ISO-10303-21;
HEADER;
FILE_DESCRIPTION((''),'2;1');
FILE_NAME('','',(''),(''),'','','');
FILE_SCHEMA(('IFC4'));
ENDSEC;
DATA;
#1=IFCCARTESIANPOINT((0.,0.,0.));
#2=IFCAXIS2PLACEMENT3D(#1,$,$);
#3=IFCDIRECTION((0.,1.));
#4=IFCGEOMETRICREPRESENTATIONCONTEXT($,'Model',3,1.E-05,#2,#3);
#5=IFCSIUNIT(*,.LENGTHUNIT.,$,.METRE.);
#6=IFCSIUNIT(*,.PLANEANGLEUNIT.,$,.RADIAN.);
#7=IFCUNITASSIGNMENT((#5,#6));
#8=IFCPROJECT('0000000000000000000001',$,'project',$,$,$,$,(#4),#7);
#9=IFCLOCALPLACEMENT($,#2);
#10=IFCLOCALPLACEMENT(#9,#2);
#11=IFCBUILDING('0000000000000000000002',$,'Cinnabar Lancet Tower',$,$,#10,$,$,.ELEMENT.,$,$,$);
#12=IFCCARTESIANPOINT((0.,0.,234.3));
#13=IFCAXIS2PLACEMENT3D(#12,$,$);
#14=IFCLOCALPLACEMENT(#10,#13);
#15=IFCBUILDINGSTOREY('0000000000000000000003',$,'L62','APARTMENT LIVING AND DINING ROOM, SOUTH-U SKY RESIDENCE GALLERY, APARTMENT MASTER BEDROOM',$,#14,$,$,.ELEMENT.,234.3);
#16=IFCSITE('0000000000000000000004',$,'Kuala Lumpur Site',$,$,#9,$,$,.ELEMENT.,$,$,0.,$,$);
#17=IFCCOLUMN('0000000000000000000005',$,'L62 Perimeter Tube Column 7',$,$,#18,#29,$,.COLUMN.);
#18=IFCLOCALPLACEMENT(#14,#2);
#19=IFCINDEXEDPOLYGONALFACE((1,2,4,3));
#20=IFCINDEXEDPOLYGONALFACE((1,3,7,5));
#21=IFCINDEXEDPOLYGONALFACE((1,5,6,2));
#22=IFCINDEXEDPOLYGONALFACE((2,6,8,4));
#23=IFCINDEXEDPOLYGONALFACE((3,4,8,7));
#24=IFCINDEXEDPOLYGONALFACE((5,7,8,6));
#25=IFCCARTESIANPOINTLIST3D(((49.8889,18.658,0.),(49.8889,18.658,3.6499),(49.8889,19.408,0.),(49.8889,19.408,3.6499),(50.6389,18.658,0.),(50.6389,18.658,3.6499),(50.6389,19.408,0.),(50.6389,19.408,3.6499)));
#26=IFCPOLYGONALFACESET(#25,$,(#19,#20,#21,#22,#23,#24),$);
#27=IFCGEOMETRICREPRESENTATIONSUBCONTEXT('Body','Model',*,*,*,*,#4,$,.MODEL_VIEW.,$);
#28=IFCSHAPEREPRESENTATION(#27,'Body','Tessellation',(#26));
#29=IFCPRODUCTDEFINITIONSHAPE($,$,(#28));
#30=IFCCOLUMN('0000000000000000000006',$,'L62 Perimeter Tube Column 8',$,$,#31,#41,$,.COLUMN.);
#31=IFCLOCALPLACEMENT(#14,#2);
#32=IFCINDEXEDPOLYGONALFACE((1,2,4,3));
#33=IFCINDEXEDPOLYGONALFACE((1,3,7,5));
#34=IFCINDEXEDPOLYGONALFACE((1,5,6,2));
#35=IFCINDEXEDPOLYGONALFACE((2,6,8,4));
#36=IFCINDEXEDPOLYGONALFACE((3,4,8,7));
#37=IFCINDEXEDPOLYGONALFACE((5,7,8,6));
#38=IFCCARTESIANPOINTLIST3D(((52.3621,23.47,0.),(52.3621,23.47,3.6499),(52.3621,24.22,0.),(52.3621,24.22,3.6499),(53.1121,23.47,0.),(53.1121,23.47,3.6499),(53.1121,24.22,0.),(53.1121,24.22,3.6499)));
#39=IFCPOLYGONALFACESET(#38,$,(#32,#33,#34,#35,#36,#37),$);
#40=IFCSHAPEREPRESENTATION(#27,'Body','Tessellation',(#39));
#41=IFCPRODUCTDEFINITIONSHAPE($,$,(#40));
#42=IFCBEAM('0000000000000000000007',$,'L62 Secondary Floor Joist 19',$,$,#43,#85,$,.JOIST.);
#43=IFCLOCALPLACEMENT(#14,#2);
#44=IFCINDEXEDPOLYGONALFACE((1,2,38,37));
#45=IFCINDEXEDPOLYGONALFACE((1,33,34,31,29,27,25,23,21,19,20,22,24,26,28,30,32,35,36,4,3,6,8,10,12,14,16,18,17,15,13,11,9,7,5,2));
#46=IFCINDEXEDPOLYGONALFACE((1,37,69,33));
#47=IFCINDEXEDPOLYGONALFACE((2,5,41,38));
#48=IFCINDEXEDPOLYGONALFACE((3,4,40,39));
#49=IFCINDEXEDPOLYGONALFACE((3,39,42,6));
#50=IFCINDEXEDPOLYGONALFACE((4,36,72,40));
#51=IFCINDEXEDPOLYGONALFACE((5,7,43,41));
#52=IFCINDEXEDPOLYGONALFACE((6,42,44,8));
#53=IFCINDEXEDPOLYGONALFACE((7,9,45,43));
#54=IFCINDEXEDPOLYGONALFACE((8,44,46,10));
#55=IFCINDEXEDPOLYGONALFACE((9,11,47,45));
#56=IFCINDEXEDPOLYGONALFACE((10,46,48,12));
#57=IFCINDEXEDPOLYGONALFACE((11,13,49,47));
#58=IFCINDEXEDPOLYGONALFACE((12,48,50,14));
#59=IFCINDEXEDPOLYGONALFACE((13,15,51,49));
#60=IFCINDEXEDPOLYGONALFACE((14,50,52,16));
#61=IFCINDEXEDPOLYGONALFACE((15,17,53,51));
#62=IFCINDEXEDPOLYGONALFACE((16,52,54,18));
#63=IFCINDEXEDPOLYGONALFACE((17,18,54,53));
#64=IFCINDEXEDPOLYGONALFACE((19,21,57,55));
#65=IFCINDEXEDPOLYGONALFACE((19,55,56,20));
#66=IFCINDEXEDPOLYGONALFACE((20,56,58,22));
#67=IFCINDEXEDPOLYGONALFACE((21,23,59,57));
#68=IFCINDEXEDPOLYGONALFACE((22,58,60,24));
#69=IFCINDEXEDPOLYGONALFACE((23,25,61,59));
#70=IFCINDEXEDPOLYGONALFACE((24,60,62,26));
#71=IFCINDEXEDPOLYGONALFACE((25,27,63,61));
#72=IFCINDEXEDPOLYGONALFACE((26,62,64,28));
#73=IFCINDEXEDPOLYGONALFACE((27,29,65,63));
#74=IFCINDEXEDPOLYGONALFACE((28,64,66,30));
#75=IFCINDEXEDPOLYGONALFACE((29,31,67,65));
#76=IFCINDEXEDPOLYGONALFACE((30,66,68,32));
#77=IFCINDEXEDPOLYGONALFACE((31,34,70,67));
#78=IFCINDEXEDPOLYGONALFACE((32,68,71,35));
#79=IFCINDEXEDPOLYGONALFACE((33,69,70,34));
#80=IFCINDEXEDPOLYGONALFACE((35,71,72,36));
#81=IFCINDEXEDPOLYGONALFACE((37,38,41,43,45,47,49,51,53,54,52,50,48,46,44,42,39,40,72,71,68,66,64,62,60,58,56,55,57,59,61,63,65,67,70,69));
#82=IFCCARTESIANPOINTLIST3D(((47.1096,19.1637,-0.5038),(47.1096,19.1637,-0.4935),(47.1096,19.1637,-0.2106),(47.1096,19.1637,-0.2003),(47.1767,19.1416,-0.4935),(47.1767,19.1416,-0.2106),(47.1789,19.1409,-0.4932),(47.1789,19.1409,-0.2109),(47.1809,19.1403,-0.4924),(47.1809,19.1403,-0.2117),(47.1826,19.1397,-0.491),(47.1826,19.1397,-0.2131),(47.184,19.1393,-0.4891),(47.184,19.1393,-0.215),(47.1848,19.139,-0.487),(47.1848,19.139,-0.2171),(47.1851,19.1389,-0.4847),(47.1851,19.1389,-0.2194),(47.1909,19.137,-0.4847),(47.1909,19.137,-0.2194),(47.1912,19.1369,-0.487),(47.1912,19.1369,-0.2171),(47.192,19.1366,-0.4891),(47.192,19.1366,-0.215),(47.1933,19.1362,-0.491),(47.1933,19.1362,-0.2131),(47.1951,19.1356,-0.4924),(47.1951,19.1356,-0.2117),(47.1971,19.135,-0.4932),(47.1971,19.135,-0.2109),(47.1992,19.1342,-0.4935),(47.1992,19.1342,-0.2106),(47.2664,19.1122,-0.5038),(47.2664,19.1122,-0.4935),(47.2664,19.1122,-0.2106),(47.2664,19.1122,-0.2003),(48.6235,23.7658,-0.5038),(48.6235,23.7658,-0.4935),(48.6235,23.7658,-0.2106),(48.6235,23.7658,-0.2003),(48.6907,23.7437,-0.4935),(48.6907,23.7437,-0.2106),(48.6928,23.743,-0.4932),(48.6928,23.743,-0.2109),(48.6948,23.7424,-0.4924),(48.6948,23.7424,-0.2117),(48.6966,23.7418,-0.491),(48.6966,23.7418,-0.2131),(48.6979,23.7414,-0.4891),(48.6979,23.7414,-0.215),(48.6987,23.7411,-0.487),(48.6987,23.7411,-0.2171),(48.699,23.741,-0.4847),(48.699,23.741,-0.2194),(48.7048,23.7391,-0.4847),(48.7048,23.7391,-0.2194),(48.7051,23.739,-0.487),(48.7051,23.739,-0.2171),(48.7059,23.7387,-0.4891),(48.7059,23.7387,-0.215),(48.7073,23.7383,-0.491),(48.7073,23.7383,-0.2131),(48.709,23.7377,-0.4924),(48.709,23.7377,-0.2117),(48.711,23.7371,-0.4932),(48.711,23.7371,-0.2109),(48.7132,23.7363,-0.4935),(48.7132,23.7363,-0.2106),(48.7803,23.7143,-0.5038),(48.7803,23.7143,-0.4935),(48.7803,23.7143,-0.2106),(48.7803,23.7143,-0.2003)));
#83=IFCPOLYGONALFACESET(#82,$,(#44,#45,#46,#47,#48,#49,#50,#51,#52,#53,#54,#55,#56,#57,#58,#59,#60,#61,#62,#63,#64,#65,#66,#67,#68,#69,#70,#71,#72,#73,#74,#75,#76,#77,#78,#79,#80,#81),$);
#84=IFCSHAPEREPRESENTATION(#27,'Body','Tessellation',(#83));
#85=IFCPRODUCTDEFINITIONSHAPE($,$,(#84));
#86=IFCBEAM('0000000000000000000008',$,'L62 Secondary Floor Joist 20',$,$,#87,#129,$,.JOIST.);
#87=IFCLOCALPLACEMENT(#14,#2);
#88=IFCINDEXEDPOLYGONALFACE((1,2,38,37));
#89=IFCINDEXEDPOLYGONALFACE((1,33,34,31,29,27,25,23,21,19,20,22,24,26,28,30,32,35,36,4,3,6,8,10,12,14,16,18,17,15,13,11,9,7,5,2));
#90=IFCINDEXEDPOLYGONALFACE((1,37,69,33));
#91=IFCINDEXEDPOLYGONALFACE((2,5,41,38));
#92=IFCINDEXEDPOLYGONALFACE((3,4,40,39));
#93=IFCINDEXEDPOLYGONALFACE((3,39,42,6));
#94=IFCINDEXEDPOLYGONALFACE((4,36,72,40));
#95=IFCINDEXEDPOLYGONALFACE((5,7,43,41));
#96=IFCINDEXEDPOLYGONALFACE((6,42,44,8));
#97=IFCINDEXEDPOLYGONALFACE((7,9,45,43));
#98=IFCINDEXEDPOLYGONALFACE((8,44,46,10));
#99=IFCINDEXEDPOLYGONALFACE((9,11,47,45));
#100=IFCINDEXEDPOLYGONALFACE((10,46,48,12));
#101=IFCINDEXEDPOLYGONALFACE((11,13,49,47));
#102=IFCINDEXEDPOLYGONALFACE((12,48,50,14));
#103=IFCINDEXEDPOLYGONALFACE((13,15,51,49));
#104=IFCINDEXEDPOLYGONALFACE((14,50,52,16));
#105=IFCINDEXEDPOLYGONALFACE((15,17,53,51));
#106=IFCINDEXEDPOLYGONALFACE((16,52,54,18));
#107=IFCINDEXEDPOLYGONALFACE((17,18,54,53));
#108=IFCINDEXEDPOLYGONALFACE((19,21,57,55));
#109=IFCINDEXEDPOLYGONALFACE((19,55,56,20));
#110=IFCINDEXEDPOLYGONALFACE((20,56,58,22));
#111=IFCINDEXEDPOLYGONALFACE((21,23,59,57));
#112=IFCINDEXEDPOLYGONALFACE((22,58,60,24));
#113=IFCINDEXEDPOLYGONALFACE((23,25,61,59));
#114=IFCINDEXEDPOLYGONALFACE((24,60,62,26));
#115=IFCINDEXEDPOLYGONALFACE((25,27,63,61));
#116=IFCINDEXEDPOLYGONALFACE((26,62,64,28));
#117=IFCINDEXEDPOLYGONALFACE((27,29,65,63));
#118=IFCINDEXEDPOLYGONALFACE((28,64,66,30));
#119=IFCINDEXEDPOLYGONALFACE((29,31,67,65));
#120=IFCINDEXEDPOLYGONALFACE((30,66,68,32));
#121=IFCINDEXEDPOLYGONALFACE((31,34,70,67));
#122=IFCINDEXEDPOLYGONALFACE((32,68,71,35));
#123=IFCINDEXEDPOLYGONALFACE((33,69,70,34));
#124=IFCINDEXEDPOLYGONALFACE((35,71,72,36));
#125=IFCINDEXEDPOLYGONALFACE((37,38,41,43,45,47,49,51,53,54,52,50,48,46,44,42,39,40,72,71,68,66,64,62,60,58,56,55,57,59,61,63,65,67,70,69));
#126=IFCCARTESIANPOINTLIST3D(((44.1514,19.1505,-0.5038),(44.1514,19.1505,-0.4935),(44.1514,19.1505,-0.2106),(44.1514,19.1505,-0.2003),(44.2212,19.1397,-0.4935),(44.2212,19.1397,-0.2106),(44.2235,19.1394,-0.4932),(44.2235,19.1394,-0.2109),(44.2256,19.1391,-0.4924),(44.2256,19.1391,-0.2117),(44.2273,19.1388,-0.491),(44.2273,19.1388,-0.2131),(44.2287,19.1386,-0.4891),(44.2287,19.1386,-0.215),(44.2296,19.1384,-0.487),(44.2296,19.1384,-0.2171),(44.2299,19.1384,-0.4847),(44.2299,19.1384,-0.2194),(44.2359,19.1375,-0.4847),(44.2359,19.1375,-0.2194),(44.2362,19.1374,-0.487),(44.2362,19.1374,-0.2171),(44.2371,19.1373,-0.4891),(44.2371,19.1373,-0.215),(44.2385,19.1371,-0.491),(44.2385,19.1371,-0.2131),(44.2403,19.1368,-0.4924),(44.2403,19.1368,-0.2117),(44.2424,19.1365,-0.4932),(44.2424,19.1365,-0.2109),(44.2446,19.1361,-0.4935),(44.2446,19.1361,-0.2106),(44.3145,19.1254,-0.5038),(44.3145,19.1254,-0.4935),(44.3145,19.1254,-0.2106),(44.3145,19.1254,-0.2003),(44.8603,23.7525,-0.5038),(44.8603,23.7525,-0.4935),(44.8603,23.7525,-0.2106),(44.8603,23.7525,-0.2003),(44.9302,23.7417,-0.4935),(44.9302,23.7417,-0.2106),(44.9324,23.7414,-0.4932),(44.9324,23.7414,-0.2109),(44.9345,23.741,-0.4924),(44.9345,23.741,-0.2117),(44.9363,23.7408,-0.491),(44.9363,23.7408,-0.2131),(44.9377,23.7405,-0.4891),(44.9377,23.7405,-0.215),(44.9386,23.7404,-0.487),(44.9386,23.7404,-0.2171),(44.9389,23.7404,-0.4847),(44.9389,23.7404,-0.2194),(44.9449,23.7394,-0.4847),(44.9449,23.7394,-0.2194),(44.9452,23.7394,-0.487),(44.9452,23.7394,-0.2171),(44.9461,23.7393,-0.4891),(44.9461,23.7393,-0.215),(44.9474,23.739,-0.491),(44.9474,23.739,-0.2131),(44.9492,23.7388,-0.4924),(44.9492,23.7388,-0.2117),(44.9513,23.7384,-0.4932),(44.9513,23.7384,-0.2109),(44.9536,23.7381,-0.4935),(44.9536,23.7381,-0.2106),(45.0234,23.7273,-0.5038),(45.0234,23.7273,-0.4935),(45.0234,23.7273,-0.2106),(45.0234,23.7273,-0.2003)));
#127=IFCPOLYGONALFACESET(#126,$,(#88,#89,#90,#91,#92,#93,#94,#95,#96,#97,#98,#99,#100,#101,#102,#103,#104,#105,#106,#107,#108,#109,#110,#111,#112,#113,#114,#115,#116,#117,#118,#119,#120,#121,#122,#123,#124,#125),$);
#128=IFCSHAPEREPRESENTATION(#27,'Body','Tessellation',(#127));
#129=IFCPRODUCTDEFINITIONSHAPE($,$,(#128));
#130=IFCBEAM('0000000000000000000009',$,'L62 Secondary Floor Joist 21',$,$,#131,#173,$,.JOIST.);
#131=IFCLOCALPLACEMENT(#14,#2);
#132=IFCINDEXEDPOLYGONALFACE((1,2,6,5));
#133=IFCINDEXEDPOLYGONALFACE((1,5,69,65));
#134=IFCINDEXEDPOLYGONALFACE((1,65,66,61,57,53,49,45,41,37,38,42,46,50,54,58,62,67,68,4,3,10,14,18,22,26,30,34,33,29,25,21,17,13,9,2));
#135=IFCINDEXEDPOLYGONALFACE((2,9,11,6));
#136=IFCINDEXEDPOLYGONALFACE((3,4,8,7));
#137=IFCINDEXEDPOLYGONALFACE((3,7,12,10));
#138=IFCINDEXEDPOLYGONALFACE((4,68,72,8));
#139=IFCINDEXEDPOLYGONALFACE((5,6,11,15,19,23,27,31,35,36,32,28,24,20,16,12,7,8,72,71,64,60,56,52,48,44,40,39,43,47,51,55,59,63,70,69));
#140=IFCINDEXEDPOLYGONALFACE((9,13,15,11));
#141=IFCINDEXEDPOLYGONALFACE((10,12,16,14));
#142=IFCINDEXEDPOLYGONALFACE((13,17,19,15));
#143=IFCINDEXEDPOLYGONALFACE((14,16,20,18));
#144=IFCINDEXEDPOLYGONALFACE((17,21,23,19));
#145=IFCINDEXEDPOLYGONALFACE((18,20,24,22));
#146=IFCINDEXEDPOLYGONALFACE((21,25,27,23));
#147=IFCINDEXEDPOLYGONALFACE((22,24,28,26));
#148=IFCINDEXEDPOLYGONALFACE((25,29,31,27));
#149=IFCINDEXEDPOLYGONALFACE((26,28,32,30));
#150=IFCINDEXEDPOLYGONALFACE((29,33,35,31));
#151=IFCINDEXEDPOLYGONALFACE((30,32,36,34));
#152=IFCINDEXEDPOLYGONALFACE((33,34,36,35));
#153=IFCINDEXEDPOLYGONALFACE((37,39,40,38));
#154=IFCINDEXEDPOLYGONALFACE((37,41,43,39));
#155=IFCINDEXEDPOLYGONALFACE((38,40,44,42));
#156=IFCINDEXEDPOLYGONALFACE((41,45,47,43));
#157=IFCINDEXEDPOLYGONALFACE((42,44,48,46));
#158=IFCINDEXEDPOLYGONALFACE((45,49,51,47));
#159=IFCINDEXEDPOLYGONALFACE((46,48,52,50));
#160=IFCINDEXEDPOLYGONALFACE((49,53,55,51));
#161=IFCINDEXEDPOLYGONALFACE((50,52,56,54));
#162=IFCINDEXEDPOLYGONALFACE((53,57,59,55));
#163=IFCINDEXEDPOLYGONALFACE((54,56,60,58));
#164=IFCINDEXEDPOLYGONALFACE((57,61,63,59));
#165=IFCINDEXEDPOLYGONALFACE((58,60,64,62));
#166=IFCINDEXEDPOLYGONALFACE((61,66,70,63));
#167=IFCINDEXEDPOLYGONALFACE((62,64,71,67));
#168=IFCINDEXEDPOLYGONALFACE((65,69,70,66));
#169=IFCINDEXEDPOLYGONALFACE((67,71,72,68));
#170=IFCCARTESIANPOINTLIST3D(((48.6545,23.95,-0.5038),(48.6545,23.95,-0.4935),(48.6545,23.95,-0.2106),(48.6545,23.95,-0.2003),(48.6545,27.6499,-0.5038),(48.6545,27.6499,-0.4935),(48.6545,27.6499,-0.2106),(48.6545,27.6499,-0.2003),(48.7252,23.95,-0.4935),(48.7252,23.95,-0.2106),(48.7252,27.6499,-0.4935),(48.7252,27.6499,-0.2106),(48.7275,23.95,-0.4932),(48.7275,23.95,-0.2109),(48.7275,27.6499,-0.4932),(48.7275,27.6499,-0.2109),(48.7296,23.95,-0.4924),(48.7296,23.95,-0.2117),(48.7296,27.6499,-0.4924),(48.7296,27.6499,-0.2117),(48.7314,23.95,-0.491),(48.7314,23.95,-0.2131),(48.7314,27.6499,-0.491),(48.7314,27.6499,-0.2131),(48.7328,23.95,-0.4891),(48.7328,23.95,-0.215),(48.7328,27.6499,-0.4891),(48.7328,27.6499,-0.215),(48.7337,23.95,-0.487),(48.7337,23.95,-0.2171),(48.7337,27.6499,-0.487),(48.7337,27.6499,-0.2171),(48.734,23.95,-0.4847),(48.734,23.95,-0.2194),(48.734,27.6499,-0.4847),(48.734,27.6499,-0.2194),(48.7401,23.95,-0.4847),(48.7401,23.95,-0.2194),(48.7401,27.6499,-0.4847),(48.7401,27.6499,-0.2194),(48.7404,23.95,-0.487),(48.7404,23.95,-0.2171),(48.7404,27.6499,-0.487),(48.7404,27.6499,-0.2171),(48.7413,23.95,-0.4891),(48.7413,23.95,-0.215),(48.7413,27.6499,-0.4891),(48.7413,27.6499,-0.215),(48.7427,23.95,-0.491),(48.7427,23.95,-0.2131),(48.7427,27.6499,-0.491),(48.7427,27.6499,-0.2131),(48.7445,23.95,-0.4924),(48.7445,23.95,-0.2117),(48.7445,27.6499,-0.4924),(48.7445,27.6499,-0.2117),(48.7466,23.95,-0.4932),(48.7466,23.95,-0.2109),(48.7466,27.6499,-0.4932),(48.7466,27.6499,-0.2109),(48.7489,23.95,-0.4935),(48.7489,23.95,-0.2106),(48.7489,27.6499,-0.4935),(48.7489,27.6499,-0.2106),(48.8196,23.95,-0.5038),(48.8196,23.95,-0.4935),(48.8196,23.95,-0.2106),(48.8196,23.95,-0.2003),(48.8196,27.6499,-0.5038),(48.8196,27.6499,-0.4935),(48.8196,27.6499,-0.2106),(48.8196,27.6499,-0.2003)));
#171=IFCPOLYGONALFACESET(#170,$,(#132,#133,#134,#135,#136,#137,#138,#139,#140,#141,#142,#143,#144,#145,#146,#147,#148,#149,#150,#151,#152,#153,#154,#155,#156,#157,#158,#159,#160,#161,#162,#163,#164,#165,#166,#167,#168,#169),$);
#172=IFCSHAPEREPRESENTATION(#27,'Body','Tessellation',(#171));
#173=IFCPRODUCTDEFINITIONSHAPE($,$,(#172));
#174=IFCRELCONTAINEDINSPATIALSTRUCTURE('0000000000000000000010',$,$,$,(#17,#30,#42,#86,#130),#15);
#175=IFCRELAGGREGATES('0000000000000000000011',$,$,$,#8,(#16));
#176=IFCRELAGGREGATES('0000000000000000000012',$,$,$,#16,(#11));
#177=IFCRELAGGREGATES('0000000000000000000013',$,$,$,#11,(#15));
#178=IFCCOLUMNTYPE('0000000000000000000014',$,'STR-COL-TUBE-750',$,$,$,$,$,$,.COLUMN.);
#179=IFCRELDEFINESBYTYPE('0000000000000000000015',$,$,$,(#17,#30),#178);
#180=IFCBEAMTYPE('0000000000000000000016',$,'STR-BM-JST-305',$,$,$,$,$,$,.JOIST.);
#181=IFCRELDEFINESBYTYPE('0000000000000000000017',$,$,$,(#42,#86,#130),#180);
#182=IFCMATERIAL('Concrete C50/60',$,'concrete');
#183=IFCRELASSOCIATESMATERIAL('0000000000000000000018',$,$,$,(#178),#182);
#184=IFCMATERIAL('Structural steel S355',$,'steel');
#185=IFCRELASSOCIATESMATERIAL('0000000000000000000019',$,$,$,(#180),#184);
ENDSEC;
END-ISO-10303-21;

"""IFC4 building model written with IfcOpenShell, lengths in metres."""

from ifc_helpers import new_model, si_unit, direction, frame, origin, origin_2d, place, context, subcontext, project, spatial, rectangle, i_section, extrude, material, material_profile, profile_set, type_object, element, save


model = new_model("IFC4")

# Units and contexts
model_context = context("Model", 3, precision=1e-05, world=origin(), true_north=direction((0.0, 1.0)))
body_context = subcontext(model_context, "Body", "Model", "MODEL_VIEW")
ifc_project = project(units=[si_unit("LENGTHUNIT", "METRE"), si_unit("PLANEANGLEUNIT", "RADIAN")], contexts=[model_context])

# Site, building, storey
site_placement = place(None, origin())
site = spatial("IfcSite", under=ifc_project, at=site_placement, Name="Kuala Lumpur Site", CompositionType="ELEMENT", RefElevation=0.0)
building_placement = place(site_placement, origin())
building = spatial("IfcBuilding", under=site, at=building_placement, Name="Cinnabar Lancet Tower", CompositionType="ELEMENT")
storey_placement = place(building_placement, frame((0.0, 0.0, 234.3)))
storey = spatial("IfcBuildingStorey", under=building, at=storey_placement, Name="L62", Description="APARTMENT LIVING AND DINING ROOM, SOUTH-U SKY RESIDENCE GALLERY, APARTMENT MASTER BEDROOM", CompositionType="ELEMENT", Elevation=234.3)

# Columns
ifc_material_1 = material(Name="Concrete C50/60", Category="concrete")
ifc_material_profile_1 = material_profile(ifc_material_1, rectangle(XDim=0.75, YDim=0.75, at=origin_2d()), Name="RC-COL 750x750")
ifc_profile_set_1 = profile_set([ifc_material_profile_1], Name="Concrete C50/60")
column_type = type_object("IfcColumnType", Name="STR-COL-TUBE-750", PredefinedType="COLUMN", material=ifc_profile_set_1)
for number, where, z_axis, x_axis, name in (
    (1, (50.2639, 19.033, 0.0), (0.0, 0.0, 1.0), (1.0, 0.0, 0.0), "L62 Perimeter Tube Column 7"),
    (2, (52.7371, 23.845, 0.0), (0.0, 0.0, 1.0), (1.0, 0.0, 0.0), "L62 Perimeter Tube Column 8"),
):
    element("IfcColumn", number, at=place(storey_placement, frame(where, z_axis=z_axis, x_axis=x_axis)), inside=storey, type_object=column_type, Name=name, PredefinedType="COLUMN", context=body_context, shape_type="SweptSolid", body=[
        extrude(rectangle(XDim=0.75, YDim=0.75, at=origin_2d()), origin(), (0.0, 0.0, 1.0), 3.6499),
    ])

# Beams
ifc_material_2 = material(Name="Structural steel S355", Category="steel")
ifc_material_profile_2 = material_profile(ifc_material_2, i_section(OverallWidth=0.165, OverallDepth=0.3035, WebThickness=0.0061, FlangeThickness=0.0103, FilletRadius=0.0088, at=origin_2d()), Name="UKB 305x165x40")
ifc_profile_set_2 = profile_set([ifc_material_profile_2], Name="Structural steel S355")
beam_type_1 = type_object("IfcBeamType", Name="STR-BM-JST-305", PredefinedType="JOIST", material=ifc_profile_set_2)
beam_1_placement = place(storey_placement, frame((47.188, 19.1379, -0.3521), z_axis=(0.312491, 0.949921, 0.0), x_axis=(-0.949921, 0.312491, 0.0)))
element("IfcBeam", 3, at=beam_1_placement, inside=storey, type_object=beam_type_1, Name="L62 Secondary Floor Joist 19", PredefinedType="JOIST", context=body_context, shape_type="SweptSolid", body=[
    extrude(i_section(OverallWidth=0.165, OverallDepth=0.3035, WebThickness=0.0061, FlangeThickness=0.0103, FilletRadius=0.0088, at=origin_2d()), origin(), (0.0, 0.0, 1.0), 4.8447),
])
beam_2_placement = place(storey_placement, frame((44.2329, 19.1379, -0.3521), z_axis=(0.152262, 0.98834, 0.0), x_axis=(-0.98834, 0.152262, 0.0)))
element("IfcBeam", 4, at=beam_2_placement, inside=storey, type_object=beam_type_1, Name="L62 Secondary Floor Joist 20", PredefinedType="JOIST", context=body_context, shape_type="SweptSolid", body=[
    extrude(i_section(OverallWidth=0.165, OverallDepth=0.3035, WebThickness=0.0061, FlangeThickness=0.0103, FilletRadius=0.0088, at=origin_2d()), origin(), (0.0, 0.0, 1.0), 4.6562),
])
for number, where, z_axis, x_axis, name in (
    (5, (48.7371, 23.95, -0.3521), (0.0, 1.0, 0.0), (-1.0, 0.0, 0.0), "L62 Secondary Floor Joist 21"),
):
    element("IfcBeam", number, at=place(storey_placement, frame(where, z_axis=z_axis, x_axis=x_axis)), inside=storey, type_object=beam_type_1, Name=name, PredefinedType="JOIST", context=body_context, shape_type="SweptSolid", body=[
        extrude(i_section(OverallWidth=0.165, OverallDepth=0.3035, WebThickness=0.0061, FlangeThickness=0.0103, FilletRadius=0.0088, at=origin_2d()), origin(), (0.0, 0.0, 1.0), 3.7),
    ])

save(model, "model.ifc")
